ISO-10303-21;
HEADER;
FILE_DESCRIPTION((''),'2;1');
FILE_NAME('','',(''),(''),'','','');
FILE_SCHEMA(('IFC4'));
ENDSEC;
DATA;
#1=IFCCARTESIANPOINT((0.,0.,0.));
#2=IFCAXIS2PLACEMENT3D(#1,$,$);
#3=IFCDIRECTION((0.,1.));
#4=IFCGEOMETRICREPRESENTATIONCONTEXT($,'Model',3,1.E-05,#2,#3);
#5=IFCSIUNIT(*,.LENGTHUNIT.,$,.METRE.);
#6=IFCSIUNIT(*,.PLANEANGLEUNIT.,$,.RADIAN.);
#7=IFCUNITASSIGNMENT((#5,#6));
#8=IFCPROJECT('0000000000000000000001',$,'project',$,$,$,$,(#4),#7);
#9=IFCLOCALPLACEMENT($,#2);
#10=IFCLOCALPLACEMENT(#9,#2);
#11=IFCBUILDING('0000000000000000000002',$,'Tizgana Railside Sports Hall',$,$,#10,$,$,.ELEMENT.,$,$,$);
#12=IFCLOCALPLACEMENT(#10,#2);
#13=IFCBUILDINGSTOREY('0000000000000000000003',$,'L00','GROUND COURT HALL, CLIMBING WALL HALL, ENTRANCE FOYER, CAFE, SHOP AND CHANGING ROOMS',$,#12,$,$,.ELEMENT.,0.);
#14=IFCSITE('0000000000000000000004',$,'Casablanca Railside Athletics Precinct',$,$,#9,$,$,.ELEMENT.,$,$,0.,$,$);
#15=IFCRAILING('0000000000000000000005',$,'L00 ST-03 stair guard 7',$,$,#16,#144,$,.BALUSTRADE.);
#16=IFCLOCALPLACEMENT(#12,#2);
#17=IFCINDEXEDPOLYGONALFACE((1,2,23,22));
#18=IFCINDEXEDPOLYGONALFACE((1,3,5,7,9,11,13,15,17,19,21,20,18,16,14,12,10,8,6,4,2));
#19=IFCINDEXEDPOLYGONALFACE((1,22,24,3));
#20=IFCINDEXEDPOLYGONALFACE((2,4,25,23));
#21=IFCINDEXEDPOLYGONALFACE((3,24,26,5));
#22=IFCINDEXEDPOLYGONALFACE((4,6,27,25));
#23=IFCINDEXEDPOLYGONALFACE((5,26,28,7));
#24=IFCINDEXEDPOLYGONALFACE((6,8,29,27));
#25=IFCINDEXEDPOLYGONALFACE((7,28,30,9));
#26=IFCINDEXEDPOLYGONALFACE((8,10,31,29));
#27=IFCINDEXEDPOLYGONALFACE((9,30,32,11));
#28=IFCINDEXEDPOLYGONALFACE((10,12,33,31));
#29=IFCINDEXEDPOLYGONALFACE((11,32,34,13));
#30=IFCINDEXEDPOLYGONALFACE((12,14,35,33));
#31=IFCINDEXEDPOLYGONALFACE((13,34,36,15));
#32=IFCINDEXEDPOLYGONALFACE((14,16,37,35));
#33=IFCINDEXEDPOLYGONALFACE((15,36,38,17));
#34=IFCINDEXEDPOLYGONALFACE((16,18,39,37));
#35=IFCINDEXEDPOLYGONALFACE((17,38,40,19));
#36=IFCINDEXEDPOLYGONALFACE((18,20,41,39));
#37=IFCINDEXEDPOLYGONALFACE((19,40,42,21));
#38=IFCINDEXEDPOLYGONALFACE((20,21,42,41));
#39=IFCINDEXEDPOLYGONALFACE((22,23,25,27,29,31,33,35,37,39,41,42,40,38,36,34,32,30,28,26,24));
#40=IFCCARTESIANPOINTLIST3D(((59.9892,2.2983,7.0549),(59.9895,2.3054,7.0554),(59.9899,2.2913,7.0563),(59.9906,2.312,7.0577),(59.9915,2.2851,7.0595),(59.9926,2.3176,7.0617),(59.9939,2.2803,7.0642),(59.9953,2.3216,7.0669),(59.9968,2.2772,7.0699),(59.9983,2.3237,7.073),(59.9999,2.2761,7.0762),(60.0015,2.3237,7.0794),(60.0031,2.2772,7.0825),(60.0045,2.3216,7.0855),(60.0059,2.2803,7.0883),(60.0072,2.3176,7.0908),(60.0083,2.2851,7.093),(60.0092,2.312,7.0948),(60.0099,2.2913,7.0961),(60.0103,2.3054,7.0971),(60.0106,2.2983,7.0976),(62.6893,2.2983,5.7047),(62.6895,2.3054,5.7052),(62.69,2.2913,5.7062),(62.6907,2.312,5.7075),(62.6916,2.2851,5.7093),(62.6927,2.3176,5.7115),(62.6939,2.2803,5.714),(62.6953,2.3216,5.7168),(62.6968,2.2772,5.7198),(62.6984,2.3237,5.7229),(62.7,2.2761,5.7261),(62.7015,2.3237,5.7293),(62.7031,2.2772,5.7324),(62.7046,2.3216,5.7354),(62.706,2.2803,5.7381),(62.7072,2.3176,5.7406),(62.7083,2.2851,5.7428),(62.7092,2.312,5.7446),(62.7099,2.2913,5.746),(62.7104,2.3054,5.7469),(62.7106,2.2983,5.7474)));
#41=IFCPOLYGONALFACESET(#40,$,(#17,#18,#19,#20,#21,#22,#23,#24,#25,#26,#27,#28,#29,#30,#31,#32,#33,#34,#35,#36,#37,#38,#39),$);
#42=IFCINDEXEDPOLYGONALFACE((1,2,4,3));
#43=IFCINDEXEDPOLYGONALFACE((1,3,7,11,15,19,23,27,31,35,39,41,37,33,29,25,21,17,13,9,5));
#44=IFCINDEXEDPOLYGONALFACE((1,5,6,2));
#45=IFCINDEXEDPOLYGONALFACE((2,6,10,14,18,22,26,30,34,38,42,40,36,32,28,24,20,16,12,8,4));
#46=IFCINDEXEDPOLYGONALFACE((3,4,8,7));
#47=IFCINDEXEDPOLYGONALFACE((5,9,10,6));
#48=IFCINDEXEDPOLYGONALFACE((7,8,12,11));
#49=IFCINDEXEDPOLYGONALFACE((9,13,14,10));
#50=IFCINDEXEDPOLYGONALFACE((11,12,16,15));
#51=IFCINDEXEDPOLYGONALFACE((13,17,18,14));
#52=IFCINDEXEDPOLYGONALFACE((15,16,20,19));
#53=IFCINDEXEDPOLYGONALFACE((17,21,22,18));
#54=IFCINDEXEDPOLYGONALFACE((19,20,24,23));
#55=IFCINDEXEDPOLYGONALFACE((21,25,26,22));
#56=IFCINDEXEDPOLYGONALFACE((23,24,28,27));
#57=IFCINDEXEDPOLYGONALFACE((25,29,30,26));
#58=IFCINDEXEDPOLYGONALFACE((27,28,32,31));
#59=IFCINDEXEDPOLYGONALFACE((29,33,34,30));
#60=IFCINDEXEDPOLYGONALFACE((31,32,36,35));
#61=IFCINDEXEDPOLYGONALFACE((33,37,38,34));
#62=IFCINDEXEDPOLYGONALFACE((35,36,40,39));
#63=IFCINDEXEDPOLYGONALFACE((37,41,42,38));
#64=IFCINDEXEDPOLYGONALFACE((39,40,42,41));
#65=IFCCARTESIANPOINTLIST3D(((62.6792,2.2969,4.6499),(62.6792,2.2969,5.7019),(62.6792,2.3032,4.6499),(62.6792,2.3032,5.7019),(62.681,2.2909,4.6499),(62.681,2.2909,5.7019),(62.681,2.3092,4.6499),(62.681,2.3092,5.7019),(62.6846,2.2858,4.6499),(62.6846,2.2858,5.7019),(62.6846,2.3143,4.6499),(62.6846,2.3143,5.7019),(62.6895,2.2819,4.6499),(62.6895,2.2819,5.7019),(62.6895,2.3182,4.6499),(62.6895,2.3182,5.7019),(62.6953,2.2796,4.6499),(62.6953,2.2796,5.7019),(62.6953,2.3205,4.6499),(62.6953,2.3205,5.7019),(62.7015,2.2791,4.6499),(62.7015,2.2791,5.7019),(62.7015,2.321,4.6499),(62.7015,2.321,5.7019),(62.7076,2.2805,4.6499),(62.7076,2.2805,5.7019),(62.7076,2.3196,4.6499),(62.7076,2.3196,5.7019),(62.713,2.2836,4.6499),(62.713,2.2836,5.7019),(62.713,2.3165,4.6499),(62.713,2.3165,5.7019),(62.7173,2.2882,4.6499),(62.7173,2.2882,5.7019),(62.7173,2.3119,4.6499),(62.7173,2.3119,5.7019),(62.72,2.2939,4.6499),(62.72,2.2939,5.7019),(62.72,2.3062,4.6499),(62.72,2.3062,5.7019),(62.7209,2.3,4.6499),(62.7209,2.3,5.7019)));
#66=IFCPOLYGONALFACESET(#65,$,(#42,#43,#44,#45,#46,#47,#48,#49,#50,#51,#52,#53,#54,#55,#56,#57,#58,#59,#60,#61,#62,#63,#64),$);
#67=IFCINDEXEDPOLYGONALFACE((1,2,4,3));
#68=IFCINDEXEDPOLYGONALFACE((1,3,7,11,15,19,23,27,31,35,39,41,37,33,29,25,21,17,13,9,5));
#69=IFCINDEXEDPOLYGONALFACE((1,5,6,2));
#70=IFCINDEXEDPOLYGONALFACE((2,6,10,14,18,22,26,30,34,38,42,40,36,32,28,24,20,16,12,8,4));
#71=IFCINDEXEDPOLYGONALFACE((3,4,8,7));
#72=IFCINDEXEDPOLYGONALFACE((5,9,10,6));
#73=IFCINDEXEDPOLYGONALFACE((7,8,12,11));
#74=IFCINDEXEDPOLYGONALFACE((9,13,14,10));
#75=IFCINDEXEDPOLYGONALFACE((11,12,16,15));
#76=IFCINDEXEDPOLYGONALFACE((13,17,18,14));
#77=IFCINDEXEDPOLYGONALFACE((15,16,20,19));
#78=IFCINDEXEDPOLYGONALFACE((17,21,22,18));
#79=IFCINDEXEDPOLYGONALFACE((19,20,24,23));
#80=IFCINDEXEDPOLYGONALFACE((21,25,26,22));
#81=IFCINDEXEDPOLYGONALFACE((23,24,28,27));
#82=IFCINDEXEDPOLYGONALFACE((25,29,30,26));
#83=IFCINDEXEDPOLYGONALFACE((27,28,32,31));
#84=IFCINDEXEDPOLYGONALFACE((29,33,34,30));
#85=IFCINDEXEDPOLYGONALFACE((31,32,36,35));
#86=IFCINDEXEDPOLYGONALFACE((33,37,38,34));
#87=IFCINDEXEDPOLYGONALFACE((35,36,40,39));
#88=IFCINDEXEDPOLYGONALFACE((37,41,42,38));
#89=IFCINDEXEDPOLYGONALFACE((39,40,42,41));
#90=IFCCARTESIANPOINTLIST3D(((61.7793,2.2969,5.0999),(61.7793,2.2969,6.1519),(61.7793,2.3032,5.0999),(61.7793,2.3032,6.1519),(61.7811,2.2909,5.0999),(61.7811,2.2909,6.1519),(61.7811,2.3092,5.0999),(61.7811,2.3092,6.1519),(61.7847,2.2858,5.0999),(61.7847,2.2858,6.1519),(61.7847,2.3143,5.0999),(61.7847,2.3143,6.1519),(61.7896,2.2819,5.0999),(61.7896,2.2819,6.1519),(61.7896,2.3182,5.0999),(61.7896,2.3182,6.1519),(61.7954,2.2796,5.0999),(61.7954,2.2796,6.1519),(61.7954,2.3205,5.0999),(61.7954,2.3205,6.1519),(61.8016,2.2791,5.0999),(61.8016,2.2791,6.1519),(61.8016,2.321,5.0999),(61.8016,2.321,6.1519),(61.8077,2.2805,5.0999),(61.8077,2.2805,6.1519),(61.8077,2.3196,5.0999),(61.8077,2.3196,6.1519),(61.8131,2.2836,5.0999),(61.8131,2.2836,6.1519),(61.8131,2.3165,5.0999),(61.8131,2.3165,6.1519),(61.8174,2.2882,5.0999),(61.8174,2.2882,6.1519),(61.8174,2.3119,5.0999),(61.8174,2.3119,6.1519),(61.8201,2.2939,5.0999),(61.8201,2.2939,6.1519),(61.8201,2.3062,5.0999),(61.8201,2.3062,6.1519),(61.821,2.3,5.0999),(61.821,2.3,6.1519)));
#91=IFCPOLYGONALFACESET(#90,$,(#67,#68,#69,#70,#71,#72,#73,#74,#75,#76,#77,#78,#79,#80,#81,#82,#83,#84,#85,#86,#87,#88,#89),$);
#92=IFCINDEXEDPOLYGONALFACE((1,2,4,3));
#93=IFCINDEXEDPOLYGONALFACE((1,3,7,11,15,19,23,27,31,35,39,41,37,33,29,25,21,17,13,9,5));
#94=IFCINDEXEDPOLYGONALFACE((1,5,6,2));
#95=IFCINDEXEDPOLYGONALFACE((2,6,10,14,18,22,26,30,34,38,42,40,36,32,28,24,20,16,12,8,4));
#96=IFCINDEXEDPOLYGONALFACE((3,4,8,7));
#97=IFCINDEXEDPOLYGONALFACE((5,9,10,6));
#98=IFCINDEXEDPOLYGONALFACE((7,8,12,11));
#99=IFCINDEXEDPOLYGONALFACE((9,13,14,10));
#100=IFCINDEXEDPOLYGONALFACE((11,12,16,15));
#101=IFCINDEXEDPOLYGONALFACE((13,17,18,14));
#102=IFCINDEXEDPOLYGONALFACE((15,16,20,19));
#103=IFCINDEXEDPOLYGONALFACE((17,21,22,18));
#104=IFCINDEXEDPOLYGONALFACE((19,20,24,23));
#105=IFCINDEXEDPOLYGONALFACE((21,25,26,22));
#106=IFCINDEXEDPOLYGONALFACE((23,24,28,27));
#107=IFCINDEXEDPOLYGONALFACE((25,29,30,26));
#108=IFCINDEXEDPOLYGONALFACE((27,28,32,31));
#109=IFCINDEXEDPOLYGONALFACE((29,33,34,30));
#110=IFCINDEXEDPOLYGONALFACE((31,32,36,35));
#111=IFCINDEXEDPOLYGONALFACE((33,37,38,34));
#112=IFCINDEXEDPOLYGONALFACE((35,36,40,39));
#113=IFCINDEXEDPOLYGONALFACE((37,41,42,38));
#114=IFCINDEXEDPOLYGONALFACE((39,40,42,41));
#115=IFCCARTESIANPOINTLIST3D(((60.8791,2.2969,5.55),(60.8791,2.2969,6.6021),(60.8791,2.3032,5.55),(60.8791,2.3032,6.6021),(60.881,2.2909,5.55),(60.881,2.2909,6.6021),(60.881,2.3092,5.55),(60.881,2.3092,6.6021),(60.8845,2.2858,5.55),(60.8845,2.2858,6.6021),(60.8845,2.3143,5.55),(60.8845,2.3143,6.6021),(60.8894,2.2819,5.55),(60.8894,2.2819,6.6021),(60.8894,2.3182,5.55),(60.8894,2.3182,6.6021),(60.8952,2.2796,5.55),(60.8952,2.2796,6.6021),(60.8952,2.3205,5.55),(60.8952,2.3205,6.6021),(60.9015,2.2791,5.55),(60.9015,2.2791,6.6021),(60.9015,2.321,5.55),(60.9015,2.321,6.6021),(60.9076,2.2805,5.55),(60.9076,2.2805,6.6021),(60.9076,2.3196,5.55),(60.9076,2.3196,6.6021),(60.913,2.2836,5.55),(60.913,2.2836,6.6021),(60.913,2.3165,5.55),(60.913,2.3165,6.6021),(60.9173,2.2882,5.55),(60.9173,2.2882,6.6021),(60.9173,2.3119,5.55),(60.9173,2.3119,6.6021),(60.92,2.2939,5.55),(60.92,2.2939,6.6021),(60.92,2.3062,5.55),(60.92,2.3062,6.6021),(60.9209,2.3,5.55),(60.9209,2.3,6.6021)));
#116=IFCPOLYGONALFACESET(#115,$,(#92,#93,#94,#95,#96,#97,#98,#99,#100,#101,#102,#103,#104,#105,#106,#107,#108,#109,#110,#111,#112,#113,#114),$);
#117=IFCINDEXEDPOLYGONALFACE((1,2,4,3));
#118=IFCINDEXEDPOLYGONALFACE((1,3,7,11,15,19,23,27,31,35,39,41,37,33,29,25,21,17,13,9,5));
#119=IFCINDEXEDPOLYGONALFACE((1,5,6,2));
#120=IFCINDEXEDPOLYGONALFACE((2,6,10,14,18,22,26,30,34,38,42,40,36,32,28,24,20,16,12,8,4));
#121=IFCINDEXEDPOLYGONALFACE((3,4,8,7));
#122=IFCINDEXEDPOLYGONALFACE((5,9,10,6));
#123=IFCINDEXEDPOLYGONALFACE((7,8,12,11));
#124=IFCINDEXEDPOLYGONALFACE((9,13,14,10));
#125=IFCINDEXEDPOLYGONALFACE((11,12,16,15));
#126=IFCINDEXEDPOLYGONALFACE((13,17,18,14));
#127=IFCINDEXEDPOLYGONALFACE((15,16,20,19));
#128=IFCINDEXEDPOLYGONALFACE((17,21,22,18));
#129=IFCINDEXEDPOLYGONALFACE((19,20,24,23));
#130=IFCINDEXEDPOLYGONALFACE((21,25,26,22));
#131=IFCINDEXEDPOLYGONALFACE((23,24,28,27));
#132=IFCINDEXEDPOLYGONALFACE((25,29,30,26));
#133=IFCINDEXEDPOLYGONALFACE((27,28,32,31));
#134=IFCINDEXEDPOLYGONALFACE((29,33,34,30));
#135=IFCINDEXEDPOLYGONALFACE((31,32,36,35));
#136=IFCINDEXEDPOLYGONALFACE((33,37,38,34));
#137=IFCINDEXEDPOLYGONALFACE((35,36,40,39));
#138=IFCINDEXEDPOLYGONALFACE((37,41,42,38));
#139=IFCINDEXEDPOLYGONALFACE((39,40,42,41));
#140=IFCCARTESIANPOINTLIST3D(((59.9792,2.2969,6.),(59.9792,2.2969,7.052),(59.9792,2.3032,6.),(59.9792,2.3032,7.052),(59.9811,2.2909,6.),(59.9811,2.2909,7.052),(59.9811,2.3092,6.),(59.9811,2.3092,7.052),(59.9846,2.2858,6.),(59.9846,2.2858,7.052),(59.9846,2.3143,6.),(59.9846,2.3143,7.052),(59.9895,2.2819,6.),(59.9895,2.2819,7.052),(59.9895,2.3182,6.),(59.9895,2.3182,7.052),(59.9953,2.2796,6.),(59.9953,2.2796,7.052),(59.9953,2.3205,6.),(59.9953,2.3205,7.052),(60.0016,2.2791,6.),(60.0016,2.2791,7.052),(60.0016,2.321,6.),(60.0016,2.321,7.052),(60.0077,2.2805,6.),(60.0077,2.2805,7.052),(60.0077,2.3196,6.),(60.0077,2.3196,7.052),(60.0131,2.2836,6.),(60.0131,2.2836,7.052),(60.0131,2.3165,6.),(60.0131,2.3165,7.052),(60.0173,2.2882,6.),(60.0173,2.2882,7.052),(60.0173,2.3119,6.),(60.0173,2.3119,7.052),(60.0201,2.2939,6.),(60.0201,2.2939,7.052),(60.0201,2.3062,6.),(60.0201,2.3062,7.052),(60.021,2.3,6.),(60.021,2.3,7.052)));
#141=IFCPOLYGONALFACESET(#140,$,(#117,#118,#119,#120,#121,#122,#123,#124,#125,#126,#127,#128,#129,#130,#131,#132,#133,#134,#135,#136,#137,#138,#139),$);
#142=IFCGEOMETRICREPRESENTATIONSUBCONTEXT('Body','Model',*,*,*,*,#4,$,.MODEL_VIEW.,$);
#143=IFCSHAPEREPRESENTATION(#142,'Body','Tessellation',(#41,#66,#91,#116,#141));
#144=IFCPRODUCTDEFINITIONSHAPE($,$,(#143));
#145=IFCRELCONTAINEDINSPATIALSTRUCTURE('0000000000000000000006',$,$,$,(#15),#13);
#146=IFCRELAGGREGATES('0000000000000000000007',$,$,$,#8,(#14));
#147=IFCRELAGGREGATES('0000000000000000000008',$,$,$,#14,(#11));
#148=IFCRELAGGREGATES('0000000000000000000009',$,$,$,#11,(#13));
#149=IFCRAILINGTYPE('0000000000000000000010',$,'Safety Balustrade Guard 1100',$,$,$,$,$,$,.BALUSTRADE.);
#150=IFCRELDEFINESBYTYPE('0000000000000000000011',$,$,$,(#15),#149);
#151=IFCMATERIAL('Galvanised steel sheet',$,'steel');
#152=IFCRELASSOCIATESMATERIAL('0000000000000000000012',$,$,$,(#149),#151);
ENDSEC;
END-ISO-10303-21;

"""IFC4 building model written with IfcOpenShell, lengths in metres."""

from ifc_helpers import new_model, si_unit, direction, frame, origin, origin_2d, place, context, subcontext, project, spatial, circle, extrude, material, type_object, element, save


model = new_model("IFC4")

# Units and contexts
model_context = context("Model", 3, precision=1e-05, world=origin(), true_north=direction((0.0, 1.0)))
body_context = subcontext(model_context, "Body", "Model", "MODEL_VIEW")
ifc_project = project(units=[si_unit("LENGTHUNIT", "METRE"), si_unit("PLANEANGLEUNIT", "RADIAN")], contexts=[model_context])

# Site, building, storey
site_placement = place(None, origin())
site = spatial("IfcSite", under=ifc_project, at=site_placement, Name="Casablanca Railside Athletics Precinct", CompositionType="ELEMENT", RefElevation=0.0)
building_placement = place(site_placement, origin())
building = spatial("IfcBuilding", under=site, at=building_placement, Name="Tizgana Railside Sports Hall", CompositionType="ELEMENT")
storey_placement = place(building_placement, origin())
storey = spatial("IfcBuildingStorey", under=building, at=storey_placement, Name="L00", Description="GROUND COURT HALL, CLIMBING WALL HALL, ENTRANCE FOYER, CAFE, SHOP AND CHANGING ROOMS", CompositionType="ELEMENT", Elevation=0.0)

# Railing
ifc_material_1 = material(Name="Galvanised steel sheet", Category="steel")
railing_type_1 = type_object("IfcRailingType", Name="Safety Balustrade Guard 1100", PredefinedType="BALUSTRADE", material=ifc_material_1)
railing_1_placement = place(storey_placement, frame((62.7, 2.3, 4.6499)))
element("IfcRailing", 1, at=railing_1_placement, inside=storey, type_object=railing_type_1, Name="L00 ST-03 stair guard 7", PredefinedType="BALUSTRADE", context=body_context, shape_type="SweptSolid", body=[
    extrude(circle(Radius=0.0239, at=origin_2d()), frame((0.0, 0.0, 1.0762), z_axis=(-0.894411, 0.0, 0.447246), x_axis=(0.0, -1.0, 0.0)), (0.0, 0.0, 1.0), 3.0188),
    extrude(circle(Radius=0.021, at=origin_2d()), origin(), (0.0, 0.0, 1.0), 1.052),
    extrude(circle(Radius=0.021, at=origin_2d()), frame((-0.8999, 0.0, 0.45)), (0.0, 0.0, 1.0), 1.052),
    extrude(circle(Radius=0.021, at=origin_2d()), frame((-1.8, 0.0, 0.9001)), (0.0, 0.0, 1.0), 1.052),
    extrude(circle(Radius=0.021, at=origin_2d()), frame((-2.7, 0.0, 1.3501)), (0.0, 0.0, 1.0), 1.052),
])

save(model, "model.ifc")
